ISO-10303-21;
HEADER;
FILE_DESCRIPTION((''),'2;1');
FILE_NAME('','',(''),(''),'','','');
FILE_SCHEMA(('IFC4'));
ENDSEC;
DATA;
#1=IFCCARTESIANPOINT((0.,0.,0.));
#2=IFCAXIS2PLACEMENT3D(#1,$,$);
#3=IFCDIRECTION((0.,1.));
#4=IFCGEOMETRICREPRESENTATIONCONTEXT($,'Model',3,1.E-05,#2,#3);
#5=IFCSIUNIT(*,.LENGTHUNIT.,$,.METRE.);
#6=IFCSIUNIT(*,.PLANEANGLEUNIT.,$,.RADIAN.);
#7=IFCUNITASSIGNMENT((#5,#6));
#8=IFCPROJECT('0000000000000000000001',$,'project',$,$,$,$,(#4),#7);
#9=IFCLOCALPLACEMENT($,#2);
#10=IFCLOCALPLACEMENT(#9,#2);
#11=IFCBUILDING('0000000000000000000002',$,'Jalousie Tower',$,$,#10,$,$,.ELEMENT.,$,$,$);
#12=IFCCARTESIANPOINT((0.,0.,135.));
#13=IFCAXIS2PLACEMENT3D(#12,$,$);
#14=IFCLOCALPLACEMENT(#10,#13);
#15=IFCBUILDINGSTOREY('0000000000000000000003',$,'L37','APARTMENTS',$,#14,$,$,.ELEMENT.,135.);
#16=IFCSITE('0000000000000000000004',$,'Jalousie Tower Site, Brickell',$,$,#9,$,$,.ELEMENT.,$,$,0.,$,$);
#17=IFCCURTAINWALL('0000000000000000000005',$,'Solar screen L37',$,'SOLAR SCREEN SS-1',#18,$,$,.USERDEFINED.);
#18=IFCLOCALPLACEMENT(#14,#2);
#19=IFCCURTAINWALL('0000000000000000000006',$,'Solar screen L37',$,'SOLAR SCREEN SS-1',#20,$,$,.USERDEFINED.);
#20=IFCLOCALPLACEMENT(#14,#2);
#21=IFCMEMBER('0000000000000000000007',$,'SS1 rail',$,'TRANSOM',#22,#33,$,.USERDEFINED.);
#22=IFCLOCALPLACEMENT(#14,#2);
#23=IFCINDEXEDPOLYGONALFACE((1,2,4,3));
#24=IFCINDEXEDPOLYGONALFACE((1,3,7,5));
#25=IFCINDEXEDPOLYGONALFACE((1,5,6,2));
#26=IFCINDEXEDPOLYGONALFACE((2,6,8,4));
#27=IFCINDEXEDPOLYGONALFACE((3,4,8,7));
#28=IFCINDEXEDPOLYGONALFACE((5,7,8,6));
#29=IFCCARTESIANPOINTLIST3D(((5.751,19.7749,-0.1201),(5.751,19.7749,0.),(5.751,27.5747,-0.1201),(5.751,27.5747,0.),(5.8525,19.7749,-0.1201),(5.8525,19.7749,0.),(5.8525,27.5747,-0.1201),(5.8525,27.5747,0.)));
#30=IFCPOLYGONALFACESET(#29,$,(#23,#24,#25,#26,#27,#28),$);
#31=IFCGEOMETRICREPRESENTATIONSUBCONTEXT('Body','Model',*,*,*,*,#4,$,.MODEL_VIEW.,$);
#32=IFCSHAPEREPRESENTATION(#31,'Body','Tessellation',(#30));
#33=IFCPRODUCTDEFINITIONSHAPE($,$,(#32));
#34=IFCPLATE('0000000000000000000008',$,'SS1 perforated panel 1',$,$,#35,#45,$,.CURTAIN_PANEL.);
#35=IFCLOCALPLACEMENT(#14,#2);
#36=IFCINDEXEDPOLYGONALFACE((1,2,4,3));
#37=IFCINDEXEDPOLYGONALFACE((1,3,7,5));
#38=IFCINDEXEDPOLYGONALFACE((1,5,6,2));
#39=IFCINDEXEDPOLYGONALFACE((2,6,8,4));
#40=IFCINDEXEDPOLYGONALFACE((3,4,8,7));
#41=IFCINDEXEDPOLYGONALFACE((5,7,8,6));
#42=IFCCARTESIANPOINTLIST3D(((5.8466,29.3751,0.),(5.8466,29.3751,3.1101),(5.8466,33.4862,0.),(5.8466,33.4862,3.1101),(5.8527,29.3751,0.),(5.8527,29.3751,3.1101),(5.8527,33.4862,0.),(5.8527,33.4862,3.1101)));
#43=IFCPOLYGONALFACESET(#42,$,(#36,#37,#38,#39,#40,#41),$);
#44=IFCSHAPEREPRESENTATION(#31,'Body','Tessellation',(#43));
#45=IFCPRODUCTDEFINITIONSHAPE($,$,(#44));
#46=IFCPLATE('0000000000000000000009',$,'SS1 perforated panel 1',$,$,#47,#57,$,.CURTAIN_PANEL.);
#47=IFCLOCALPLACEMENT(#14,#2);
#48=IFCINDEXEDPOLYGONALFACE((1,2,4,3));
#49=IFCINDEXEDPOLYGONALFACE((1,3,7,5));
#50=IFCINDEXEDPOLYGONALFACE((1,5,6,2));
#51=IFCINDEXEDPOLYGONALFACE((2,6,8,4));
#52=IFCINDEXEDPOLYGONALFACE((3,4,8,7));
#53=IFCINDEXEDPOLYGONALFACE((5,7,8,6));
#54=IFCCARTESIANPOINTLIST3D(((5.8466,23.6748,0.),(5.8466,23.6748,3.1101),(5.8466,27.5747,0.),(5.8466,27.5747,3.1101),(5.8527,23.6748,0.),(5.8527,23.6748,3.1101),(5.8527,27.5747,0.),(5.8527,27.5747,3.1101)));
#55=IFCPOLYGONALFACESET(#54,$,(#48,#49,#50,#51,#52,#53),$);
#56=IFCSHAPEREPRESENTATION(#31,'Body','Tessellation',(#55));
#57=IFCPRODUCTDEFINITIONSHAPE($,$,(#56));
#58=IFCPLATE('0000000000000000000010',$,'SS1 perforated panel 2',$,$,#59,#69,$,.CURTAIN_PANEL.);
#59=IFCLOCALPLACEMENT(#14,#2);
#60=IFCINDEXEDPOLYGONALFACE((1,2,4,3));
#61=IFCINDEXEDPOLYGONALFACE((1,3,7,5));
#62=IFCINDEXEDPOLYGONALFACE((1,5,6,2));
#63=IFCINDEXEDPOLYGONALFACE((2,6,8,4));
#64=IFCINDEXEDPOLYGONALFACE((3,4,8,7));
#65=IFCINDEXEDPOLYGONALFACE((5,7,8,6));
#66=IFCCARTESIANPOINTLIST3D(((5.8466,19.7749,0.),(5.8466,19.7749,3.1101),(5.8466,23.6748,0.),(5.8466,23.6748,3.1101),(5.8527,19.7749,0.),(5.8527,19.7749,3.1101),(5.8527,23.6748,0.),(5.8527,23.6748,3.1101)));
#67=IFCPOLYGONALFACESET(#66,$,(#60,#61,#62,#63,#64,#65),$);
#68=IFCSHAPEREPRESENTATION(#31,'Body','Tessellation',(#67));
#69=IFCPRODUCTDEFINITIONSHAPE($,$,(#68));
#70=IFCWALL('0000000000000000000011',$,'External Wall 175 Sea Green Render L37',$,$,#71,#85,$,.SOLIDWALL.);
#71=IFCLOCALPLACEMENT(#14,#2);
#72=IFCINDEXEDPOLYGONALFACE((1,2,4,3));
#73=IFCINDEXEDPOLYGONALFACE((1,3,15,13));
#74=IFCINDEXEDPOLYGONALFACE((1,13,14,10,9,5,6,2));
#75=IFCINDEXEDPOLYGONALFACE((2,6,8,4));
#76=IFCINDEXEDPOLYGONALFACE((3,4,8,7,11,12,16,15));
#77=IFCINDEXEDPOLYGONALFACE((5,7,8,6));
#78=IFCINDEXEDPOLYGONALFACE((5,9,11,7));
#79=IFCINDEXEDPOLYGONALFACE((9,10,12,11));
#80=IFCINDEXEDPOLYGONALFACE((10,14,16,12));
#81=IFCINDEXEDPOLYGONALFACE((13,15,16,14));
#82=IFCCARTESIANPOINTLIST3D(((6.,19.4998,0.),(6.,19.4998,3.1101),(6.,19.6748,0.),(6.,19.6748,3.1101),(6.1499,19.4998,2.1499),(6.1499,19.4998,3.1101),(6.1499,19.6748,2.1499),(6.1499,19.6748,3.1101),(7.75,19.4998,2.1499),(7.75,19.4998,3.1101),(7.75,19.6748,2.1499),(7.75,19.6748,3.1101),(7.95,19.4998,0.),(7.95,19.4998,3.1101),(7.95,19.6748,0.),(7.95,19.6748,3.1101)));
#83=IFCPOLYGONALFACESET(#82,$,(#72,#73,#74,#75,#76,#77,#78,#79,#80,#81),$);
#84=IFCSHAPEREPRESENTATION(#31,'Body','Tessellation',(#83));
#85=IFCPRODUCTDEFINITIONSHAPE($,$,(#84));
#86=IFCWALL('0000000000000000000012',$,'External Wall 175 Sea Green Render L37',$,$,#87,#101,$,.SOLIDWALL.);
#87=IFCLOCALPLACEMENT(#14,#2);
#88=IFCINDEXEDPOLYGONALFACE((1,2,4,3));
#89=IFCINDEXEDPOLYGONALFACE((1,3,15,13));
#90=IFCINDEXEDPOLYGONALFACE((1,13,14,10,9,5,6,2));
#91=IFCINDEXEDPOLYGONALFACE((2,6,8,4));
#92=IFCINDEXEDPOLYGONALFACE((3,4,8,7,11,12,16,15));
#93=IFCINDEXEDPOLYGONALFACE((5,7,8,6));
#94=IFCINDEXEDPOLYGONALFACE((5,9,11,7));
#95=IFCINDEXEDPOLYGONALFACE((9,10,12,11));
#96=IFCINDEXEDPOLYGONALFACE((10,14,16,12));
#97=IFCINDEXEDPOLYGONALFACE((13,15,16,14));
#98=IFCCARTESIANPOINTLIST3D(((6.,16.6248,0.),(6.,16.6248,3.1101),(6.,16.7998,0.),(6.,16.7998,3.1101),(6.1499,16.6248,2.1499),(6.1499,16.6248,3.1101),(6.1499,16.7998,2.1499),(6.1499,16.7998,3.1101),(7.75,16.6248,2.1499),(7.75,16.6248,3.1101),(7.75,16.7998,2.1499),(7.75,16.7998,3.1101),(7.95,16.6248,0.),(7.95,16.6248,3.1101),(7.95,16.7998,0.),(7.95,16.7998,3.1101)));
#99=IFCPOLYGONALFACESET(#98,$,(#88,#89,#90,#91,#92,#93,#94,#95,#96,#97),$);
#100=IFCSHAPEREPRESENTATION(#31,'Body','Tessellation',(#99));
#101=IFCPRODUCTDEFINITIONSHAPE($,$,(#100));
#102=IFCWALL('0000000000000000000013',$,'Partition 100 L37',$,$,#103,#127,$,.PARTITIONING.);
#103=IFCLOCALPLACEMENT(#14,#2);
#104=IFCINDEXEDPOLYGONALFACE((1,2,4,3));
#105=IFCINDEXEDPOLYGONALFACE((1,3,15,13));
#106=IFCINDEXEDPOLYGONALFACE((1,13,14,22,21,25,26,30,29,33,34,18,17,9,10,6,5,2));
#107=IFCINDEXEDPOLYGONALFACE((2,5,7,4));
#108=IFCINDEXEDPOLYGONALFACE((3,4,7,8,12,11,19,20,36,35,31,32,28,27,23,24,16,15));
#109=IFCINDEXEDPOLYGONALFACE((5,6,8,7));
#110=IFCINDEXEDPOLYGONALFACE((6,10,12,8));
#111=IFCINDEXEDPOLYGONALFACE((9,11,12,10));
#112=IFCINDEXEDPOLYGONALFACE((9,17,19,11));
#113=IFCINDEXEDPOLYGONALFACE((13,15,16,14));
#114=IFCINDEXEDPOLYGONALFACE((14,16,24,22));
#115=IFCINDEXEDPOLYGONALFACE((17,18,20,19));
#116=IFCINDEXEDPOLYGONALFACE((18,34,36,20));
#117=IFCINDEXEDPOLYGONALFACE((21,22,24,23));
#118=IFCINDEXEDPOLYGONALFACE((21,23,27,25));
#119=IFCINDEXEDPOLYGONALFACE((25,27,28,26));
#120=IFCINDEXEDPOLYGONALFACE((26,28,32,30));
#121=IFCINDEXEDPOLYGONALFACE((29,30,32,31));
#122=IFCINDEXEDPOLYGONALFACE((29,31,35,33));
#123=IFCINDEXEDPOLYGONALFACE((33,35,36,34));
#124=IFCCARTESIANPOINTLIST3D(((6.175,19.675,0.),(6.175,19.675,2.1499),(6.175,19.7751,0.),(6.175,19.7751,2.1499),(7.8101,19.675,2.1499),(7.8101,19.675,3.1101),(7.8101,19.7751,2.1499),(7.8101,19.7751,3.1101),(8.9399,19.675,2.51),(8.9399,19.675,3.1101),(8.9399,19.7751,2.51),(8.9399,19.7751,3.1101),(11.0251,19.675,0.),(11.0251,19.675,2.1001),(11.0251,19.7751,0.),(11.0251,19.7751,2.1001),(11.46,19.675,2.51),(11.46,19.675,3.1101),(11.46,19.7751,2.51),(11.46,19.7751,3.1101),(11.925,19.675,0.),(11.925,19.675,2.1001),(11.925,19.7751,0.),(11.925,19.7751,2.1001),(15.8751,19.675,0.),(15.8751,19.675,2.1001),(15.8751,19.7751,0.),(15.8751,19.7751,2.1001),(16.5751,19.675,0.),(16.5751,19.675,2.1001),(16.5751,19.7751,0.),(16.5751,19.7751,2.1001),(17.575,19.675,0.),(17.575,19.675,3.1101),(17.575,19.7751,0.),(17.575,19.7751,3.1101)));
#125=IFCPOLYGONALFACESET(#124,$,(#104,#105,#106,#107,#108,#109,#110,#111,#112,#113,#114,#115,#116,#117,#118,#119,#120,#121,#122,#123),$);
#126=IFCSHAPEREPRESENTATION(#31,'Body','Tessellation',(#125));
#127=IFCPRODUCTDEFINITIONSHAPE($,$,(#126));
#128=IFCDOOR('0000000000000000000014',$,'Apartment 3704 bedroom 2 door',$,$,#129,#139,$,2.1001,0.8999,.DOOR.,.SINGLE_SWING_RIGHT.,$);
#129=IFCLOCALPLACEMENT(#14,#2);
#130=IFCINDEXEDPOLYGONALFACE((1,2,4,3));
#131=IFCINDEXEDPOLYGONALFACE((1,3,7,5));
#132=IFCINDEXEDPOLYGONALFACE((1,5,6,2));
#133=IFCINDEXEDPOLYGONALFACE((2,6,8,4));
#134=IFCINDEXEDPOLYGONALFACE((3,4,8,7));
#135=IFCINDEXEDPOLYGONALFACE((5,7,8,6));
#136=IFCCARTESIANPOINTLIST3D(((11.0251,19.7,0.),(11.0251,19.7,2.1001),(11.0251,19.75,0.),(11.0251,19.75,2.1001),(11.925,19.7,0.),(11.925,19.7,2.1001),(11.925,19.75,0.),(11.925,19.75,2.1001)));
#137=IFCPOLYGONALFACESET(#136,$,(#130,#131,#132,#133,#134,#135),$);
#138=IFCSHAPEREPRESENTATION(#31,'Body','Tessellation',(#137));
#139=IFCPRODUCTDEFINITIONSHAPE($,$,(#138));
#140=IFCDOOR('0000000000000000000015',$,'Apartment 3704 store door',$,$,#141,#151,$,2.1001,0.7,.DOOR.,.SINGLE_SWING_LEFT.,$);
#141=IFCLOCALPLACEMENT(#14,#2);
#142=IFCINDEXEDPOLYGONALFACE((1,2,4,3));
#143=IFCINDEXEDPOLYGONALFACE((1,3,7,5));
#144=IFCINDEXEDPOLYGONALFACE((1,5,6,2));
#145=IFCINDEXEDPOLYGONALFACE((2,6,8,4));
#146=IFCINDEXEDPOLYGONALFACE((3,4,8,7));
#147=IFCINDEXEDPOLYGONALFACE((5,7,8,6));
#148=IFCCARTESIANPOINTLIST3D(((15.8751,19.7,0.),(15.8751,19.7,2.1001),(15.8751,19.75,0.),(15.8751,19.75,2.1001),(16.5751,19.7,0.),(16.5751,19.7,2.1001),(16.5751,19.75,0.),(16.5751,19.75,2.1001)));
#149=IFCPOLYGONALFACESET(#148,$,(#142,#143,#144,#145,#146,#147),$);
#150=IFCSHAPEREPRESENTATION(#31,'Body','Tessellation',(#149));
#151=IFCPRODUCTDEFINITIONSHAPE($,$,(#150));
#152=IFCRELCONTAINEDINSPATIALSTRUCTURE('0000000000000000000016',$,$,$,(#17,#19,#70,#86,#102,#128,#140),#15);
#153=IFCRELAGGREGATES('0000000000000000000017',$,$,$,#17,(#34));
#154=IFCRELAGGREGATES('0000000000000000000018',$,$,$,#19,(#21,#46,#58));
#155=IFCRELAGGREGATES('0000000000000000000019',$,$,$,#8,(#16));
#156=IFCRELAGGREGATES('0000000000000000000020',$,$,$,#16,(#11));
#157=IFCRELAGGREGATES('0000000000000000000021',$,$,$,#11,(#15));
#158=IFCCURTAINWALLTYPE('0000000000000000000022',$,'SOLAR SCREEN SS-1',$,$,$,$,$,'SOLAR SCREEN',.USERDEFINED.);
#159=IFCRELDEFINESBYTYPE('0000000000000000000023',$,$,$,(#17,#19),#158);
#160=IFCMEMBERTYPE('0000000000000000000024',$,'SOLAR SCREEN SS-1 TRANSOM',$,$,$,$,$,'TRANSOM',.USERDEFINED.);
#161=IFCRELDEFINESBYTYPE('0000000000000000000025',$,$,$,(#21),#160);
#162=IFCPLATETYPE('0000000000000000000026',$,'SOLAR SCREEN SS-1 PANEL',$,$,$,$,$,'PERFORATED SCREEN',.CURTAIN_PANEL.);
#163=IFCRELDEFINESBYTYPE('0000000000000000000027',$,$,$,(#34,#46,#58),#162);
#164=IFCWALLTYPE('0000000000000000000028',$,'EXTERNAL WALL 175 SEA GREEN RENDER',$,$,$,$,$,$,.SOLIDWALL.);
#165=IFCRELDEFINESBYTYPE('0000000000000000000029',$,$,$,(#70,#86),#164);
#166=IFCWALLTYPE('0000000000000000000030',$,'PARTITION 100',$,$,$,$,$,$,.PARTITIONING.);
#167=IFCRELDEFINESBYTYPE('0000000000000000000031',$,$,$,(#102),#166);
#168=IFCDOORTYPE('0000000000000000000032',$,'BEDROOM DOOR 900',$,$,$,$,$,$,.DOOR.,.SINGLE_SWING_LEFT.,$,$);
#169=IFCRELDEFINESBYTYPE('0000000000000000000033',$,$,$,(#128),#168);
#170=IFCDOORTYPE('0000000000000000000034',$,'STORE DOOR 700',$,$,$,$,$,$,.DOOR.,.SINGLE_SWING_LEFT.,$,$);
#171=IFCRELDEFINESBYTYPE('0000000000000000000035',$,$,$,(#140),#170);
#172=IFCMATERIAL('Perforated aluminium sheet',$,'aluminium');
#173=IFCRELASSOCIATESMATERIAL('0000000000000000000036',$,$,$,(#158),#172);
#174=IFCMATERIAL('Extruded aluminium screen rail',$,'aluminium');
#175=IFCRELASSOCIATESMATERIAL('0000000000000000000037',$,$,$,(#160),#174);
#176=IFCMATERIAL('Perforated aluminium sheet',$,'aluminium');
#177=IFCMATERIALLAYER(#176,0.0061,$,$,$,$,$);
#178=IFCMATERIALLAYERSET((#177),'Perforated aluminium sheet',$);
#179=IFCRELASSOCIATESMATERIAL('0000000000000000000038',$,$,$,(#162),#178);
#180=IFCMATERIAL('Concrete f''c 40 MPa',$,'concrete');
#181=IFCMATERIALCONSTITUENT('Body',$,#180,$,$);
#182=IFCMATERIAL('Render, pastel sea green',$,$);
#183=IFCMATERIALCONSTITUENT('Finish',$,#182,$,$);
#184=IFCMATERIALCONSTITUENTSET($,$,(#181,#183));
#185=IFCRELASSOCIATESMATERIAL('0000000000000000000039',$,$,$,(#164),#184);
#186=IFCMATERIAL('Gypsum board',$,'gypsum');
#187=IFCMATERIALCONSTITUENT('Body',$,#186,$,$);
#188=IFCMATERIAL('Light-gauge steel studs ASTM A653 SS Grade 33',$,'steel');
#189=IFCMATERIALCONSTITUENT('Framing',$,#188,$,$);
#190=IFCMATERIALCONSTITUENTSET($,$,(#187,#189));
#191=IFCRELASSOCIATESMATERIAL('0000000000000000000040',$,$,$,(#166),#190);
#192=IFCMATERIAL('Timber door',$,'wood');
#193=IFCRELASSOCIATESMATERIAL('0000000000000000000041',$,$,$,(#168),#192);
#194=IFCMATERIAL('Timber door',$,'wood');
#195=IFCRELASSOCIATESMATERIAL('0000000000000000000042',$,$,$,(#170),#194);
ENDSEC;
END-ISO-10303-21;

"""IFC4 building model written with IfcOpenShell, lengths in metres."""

from ifc_helpers import new_model, si_unit, direction, frame, frame_2d, origin, origin_2d, place, context, subcontext, project, spatial, polyline, rectangle, outline, extrude, material, layer, layer_set, constituent, constituent_set, material_profile, profile_set, type_object, element, fill, aggregate, save


model = new_model("IFC4")

# Units and contexts
model_context = context("Model", 3, precision=1e-05, world=origin(), true_north=direction((0.0, 1.0)))
body_context = subcontext(model_context, "Body", "Model", "MODEL_VIEW")
ifc_project = project(units=[si_unit("LENGTHUNIT", "METRE"), si_unit("PLANEANGLEUNIT", "RADIAN")], contexts=[model_context])

# Site, building, storey
site_placement = place(None, origin())
site = spatial("IfcSite", under=ifc_project, at=site_placement, Name="Jalousie Tower Site, Brickell", CompositionType="ELEMENT", RefElevation=0.0)
building_placement = place(site_placement, origin())
building = spatial("IfcBuilding", under=site, at=building_placement, Name="Jalousie Tower", CompositionType="ELEMENT")
storey_placement = place(building_placement, frame((0.0, 0.0, 135.0)))
storey = spatial("IfcBuildingStorey", under=building, at=storey_placement, Name="L37", Description="APARTMENTS", CompositionType="ELEMENT", Elevation=135.0)

# Curtain wall
ifc_material_1 = material(Name="Perforated aluminium sheet", Category="aluminium")
curtain_wall_type = type_object("IfcCurtainWallType", Name="SOLAR SCREEN SS-1", ElementType="SOLAR SCREEN", PredefinedType="USERDEFINED", material=ifc_material_1)
curtain_wall_1_placement = place(storey_placement, origin())
curtain_wall_1 = element("IfcCurtainWall", 1, at=curtain_wall_1_placement, inside=storey, type_object=curtain_wall_type, Name="Solar screen L37", ObjectType="SOLAR SCREEN SS-1", PredefinedType="USERDEFINED")

# Curtain wall, member
curtain_wall_2_placement = place(storey_placement, origin())
curtain_wall_2 = element("IfcCurtainWall", 2, at=curtain_wall_2_placement, inside=storey, type_object=curtain_wall_type, Name="Solar screen L37", ObjectType="SOLAR SCREEN SS-1", PredefinedType="USERDEFINED")
ifc_material_2 = material(Name="Extruded aluminium screen rail", Category="aluminium")
ifc_material_profile_1 = material_profile(ifc_material_2, rectangle(XDim=0.1016, YDim=0.1201, at=origin_2d()), Name="RAIL 102x120")
ifc_profile_set_1 = profile_set([ifc_material_profile_1], Name="Extruded aluminium screen rail")
member_type_1 = type_object("IfcMemberType", Name="SOLAR SCREEN SS-1 TRANSOM", ElementType="TRANSOM", PredefinedType="USERDEFINED", material=ifc_profile_set_1)
member_1_placement = place(storey_placement, frame((5.8018, 27.5747, -0.0601), z_axis=(0.0, -1.0, 0.0), x_axis=(1.0, 0.0, 0.0)))
member_1 = element("IfcMember", 3, at=member_1_placement, type_object=member_type_1, Name="SS1 rail", ObjectType="TRANSOM", PredefinedType="USERDEFINED", context=body_context, shape_type="SweptSolid", body=[
    extrude(rectangle(XDim=0.1016, YDim=0.1201, at=origin_2d()), origin(), (0.0, 0.0, 1.0), 7.7998),
])

# Plates
ifc_material_3 = material(Name="Perforated aluminium sheet", Category="aluminium")
ifc_layer_1 = layer(ifc_material_3, 0.0061)
ifc_layer_set_1 = layer_set([ifc_layer_1], Name="Perforated aluminium sheet")
plate_type = type_object("IfcPlateType", Name="SOLAR SCREEN SS-1 PANEL", ElementType="PERFORATED SCREEN", PredefinedType="CURTAIN_PANEL", material=ifc_layer_set_1)
plate_1_placement = place(storey_placement, frame((5.8496, 31.4307, 0.0), z_axis=(0.0, 0.0, 1.0), x_axis=(0.0, -1.0, 0.0)))
plate_1 = element("IfcPlate", 4, at=plate_1_placement, type_object=plate_type, Name="SS1 perforated panel 1", PredefinedType="CURTAIN_PANEL", context=body_context, shape_type="SweptSolid", body=[
    extrude(rectangle(XDim=4.1111, YDim=0.0061, at=origin_2d()), origin(), (0.0, 0.0, 1.0), 3.1101),
])
aggregate(curtain_wall_1, [plate_1])
plate_2_placement = place(storey_placement, frame((5.8496, 25.6248, 0.0), z_axis=(0.0, 0.0, 1.0), x_axis=(0.0, -1.0, 0.0)))
plate_2 = element("IfcPlate", 5, at=plate_2_placement, type_object=plate_type, Name="SS1 perforated panel 1", PredefinedType="CURTAIN_PANEL", context=body_context, shape_type="SweptSolid", body=[
    extrude(rectangle(XDim=3.8999, YDim=0.0061, at=origin_2d()), origin(), (0.0, 0.0, 1.0), 3.1101),
])
plate_3_placement = place(storey_placement, frame((5.8496, 21.7249, 0.0), z_axis=(0.0, 0.0, 1.0), x_axis=(0.0, -1.0, 0.0)))
plate_3 = element("IfcPlate", 6, at=plate_3_placement, type_object=plate_type, Name="SS1 perforated panel 2", PredefinedType="CURTAIN_PANEL", context=body_context, shape_type="SweptSolid", body=[
    extrude(rectangle(XDim=3.8999, YDim=0.0061, at=origin_2d()), origin(), (0.0, 0.0, 1.0), 3.1101),
])
aggregate(curtain_wall_2, [member_1, plate_2, plate_3])

# Walls
ifc_material_4 = material(Name="Concrete f'c 40 MPa", Category="concrete")
ifc_constituent_1 = constituent(ifc_material_4, Name="Body")
ifc_material_5 = material(Name="Render, pastel sea green")
ifc_constituent_2 = constituent(ifc_material_5, Name="Finish")
ifc_constituent_set_1 = constituent_set(constituents=[ifc_constituent_1, ifc_constituent_2])
wall_type_1 = type_object("IfcWallType", Name="EXTERNAL WALL 175 SEA GREEN RENDER", PredefinedType="SOLIDWALL", material=ifc_constituent_set_1)
for number, where, z_axis, x_axis, name in (
    (7, (6.0, 19.5874, 0.0), (0.0, 0.0, 1.0), (1.0, 0.0, 0.0), "External Wall 175 Sea Green Render L37"),
    (8, (6.0, 16.7124, 0.0), (0.0, 0.0, 1.0), (1.0, 0.0, 0.0), "External Wall 175 Sea Green Render L37"),
):
    element("IfcWall", number, at=place(storey_placement, frame(where, z_axis=z_axis, x_axis=x_axis)), inside=storey, type_object=wall_type_1, Name=name, PredefinedType="SOLIDWALL", context=body_context, shape_type="SweptSolid", body=[
        extrude(outline(polyline([(0.0, 0.0), (1.95, 0.0), (1.95, 3.1101), (1.75, 3.1101), (1.75, 2.1499), (0.1499, 2.1499), (0.1499, 3.1101), (0.0, 3.1101), (0.0, 0.0)])), frame((0.0, 0.0874, 0.0), z_axis=(0.0, -1.0, 0.0), x_axis=(1.0, 0.0, 0.0)), (0.0, 0.0, 1.0), 0.175),
    ])

# Wall, openings, doors
ifc_material_6 = material(Name="Gypsum board", Category="gypsum")
ifc_constituent_3 = constituent(ifc_material_6, Name="Body")
ifc_material_7 = material(Name="Light-gauge steel studs ASTM A653 SS Grade 33", Category="steel")
ifc_constituent_4 = constituent(ifc_material_7, Name="Framing")
ifc_constituent_set_2 = constituent_set(constituents=[ifc_constituent_3, ifc_constituent_4])
wall_type_2 = type_object("IfcWallType", Name="PARTITION 100", PredefinedType="PARTITIONING", material=ifc_constituent_set_2)
wall_1_placement = place(storey_placement, frame((6.175, 19.7251, 0.0), z_axis=(0.0, 0.0, 1.0), x_axis=(1.0, 0.0, 0.0)))
wall_1 = element("IfcWall", 9, at=wall_1_placement, inside=storey, type_object=wall_type_2, Name="Partition 100 L37", PredefinedType="PARTITIONING", context=body_context, shape_type="SweptSolid", body=[
    extrude(outline(polyline([(0.0, 0.0), (11.3999, 0.0), (11.3999, 3.1101), (5.2849, 3.1101), (5.2849, 2.51), (2.7649, 2.51), (2.7649, 3.1101), (1.635, 3.1101), (1.635, 2.1499), (0.0, 2.1499), (0.0, 3.1101), (0.0, 0.0)])), frame((0.0, 0.05, 0.0), z_axis=(0.0, -1.0, 0.0), x_axis=(1.0, 0.0, 0.0)), (0.0, 0.0, 1.0), 0.1001),
])
opening_1_placement = place(wall_1_placement, frame((4.8501, 0.0, 0.0)))
opening_1 = element("IfcOpeningElement", 10, at=opening_1_placement, cuts=wall_1, PredefinedType="OPENING", context=body_context, shape_type="SweptSolid", body=[
    extrude(rectangle(XDim=0.8999, YDim=2.1001, at=frame_2d((0.45, 1.05))), frame((0.0, 0.0601, 0.0), z_axis=(0.0, -1.0, 0.0), x_axis=(1.0, 0.0, 0.0)), (0.0, 0.0, 1.0), 0.1201),
])
opening_2_placement = place(wall_1_placement, frame((9.7, 0.0, 0.0)))
opening_2 = element("IfcOpeningElement", 11, at=opening_2_placement, cuts=wall_1, PredefinedType="OPENING", context=body_context, shape_type="SweptSolid", body=[
    extrude(rectangle(XDim=0.7, YDim=2.1001, at=frame_2d((0.3501, 1.05))), frame((0.0, 0.0601, 0.0), z_axis=(0.0, -1.0, 0.0), x_axis=(1.0, 0.0, 0.0)), (0.0, 0.0, 1.0), 0.1201),
])
ifc_material_8 = material(Name="Timber door", Category="wood")
door_type_1 = type_object("IfcDoorType", Name="BEDROOM DOOR 900", OperationType="SINGLE_SWING_LEFT", PredefinedType="DOOR", material=ifc_material_8)
door_1_placement = place(opening_1_placement, origin())
door_1 = element("IfcDoor", 12, at=door_1_placement, inside=storey, type_object=door_type_1, Name="Apartment 3704 bedroom 2 door", OperationType="SINGLE_SWING_RIGHT", OverallHeight=2.1001, OverallWidth=0.8999, PredefinedType="DOOR", context=body_context, shape_type="SweptSolid", body=[
    extrude(rectangle(XDim=0.8999, YDim=2.1001, at=frame_2d((0.45, 1.05))), frame((0.0, 0.0249, 0.0), z_axis=(0.0, -1.0, 0.0), x_axis=(1.0, 0.0, 0.0)), (0.0, 0.0, 1.0), 0.05),
])
fill(opening_1, door_1)
ifc_material_9 = material(Name="Timber door", Category="wood")
door_type_2 = type_object("IfcDoorType", Name="STORE DOOR 700", OperationType="SINGLE_SWING_LEFT", PredefinedType="DOOR", material=ifc_material_9)
door_2_placement = place(opening_2_placement, origin())
door_2 = element("IfcDoor", 13, at=door_2_placement, inside=storey, type_object=door_type_2, Name="Apartment 3704 store door", OperationType="SINGLE_SWING_LEFT", OverallHeight=2.1001, OverallWidth=0.7, PredefinedType="DOOR", context=body_context, shape_type="SweptSolid", body=[
    extrude(rectangle(XDim=0.7, YDim=2.1001, at=frame_2d((0.3501, 1.05))), frame((0.0, 0.0249, 0.0), z_axis=(0.0, -1.0, 0.0), x_axis=(1.0, 0.0, 0.0)), (0.0, 0.0, 1.0), 0.05),
])
fill(opening_2, door_2)

save(model, "model.ifc")
